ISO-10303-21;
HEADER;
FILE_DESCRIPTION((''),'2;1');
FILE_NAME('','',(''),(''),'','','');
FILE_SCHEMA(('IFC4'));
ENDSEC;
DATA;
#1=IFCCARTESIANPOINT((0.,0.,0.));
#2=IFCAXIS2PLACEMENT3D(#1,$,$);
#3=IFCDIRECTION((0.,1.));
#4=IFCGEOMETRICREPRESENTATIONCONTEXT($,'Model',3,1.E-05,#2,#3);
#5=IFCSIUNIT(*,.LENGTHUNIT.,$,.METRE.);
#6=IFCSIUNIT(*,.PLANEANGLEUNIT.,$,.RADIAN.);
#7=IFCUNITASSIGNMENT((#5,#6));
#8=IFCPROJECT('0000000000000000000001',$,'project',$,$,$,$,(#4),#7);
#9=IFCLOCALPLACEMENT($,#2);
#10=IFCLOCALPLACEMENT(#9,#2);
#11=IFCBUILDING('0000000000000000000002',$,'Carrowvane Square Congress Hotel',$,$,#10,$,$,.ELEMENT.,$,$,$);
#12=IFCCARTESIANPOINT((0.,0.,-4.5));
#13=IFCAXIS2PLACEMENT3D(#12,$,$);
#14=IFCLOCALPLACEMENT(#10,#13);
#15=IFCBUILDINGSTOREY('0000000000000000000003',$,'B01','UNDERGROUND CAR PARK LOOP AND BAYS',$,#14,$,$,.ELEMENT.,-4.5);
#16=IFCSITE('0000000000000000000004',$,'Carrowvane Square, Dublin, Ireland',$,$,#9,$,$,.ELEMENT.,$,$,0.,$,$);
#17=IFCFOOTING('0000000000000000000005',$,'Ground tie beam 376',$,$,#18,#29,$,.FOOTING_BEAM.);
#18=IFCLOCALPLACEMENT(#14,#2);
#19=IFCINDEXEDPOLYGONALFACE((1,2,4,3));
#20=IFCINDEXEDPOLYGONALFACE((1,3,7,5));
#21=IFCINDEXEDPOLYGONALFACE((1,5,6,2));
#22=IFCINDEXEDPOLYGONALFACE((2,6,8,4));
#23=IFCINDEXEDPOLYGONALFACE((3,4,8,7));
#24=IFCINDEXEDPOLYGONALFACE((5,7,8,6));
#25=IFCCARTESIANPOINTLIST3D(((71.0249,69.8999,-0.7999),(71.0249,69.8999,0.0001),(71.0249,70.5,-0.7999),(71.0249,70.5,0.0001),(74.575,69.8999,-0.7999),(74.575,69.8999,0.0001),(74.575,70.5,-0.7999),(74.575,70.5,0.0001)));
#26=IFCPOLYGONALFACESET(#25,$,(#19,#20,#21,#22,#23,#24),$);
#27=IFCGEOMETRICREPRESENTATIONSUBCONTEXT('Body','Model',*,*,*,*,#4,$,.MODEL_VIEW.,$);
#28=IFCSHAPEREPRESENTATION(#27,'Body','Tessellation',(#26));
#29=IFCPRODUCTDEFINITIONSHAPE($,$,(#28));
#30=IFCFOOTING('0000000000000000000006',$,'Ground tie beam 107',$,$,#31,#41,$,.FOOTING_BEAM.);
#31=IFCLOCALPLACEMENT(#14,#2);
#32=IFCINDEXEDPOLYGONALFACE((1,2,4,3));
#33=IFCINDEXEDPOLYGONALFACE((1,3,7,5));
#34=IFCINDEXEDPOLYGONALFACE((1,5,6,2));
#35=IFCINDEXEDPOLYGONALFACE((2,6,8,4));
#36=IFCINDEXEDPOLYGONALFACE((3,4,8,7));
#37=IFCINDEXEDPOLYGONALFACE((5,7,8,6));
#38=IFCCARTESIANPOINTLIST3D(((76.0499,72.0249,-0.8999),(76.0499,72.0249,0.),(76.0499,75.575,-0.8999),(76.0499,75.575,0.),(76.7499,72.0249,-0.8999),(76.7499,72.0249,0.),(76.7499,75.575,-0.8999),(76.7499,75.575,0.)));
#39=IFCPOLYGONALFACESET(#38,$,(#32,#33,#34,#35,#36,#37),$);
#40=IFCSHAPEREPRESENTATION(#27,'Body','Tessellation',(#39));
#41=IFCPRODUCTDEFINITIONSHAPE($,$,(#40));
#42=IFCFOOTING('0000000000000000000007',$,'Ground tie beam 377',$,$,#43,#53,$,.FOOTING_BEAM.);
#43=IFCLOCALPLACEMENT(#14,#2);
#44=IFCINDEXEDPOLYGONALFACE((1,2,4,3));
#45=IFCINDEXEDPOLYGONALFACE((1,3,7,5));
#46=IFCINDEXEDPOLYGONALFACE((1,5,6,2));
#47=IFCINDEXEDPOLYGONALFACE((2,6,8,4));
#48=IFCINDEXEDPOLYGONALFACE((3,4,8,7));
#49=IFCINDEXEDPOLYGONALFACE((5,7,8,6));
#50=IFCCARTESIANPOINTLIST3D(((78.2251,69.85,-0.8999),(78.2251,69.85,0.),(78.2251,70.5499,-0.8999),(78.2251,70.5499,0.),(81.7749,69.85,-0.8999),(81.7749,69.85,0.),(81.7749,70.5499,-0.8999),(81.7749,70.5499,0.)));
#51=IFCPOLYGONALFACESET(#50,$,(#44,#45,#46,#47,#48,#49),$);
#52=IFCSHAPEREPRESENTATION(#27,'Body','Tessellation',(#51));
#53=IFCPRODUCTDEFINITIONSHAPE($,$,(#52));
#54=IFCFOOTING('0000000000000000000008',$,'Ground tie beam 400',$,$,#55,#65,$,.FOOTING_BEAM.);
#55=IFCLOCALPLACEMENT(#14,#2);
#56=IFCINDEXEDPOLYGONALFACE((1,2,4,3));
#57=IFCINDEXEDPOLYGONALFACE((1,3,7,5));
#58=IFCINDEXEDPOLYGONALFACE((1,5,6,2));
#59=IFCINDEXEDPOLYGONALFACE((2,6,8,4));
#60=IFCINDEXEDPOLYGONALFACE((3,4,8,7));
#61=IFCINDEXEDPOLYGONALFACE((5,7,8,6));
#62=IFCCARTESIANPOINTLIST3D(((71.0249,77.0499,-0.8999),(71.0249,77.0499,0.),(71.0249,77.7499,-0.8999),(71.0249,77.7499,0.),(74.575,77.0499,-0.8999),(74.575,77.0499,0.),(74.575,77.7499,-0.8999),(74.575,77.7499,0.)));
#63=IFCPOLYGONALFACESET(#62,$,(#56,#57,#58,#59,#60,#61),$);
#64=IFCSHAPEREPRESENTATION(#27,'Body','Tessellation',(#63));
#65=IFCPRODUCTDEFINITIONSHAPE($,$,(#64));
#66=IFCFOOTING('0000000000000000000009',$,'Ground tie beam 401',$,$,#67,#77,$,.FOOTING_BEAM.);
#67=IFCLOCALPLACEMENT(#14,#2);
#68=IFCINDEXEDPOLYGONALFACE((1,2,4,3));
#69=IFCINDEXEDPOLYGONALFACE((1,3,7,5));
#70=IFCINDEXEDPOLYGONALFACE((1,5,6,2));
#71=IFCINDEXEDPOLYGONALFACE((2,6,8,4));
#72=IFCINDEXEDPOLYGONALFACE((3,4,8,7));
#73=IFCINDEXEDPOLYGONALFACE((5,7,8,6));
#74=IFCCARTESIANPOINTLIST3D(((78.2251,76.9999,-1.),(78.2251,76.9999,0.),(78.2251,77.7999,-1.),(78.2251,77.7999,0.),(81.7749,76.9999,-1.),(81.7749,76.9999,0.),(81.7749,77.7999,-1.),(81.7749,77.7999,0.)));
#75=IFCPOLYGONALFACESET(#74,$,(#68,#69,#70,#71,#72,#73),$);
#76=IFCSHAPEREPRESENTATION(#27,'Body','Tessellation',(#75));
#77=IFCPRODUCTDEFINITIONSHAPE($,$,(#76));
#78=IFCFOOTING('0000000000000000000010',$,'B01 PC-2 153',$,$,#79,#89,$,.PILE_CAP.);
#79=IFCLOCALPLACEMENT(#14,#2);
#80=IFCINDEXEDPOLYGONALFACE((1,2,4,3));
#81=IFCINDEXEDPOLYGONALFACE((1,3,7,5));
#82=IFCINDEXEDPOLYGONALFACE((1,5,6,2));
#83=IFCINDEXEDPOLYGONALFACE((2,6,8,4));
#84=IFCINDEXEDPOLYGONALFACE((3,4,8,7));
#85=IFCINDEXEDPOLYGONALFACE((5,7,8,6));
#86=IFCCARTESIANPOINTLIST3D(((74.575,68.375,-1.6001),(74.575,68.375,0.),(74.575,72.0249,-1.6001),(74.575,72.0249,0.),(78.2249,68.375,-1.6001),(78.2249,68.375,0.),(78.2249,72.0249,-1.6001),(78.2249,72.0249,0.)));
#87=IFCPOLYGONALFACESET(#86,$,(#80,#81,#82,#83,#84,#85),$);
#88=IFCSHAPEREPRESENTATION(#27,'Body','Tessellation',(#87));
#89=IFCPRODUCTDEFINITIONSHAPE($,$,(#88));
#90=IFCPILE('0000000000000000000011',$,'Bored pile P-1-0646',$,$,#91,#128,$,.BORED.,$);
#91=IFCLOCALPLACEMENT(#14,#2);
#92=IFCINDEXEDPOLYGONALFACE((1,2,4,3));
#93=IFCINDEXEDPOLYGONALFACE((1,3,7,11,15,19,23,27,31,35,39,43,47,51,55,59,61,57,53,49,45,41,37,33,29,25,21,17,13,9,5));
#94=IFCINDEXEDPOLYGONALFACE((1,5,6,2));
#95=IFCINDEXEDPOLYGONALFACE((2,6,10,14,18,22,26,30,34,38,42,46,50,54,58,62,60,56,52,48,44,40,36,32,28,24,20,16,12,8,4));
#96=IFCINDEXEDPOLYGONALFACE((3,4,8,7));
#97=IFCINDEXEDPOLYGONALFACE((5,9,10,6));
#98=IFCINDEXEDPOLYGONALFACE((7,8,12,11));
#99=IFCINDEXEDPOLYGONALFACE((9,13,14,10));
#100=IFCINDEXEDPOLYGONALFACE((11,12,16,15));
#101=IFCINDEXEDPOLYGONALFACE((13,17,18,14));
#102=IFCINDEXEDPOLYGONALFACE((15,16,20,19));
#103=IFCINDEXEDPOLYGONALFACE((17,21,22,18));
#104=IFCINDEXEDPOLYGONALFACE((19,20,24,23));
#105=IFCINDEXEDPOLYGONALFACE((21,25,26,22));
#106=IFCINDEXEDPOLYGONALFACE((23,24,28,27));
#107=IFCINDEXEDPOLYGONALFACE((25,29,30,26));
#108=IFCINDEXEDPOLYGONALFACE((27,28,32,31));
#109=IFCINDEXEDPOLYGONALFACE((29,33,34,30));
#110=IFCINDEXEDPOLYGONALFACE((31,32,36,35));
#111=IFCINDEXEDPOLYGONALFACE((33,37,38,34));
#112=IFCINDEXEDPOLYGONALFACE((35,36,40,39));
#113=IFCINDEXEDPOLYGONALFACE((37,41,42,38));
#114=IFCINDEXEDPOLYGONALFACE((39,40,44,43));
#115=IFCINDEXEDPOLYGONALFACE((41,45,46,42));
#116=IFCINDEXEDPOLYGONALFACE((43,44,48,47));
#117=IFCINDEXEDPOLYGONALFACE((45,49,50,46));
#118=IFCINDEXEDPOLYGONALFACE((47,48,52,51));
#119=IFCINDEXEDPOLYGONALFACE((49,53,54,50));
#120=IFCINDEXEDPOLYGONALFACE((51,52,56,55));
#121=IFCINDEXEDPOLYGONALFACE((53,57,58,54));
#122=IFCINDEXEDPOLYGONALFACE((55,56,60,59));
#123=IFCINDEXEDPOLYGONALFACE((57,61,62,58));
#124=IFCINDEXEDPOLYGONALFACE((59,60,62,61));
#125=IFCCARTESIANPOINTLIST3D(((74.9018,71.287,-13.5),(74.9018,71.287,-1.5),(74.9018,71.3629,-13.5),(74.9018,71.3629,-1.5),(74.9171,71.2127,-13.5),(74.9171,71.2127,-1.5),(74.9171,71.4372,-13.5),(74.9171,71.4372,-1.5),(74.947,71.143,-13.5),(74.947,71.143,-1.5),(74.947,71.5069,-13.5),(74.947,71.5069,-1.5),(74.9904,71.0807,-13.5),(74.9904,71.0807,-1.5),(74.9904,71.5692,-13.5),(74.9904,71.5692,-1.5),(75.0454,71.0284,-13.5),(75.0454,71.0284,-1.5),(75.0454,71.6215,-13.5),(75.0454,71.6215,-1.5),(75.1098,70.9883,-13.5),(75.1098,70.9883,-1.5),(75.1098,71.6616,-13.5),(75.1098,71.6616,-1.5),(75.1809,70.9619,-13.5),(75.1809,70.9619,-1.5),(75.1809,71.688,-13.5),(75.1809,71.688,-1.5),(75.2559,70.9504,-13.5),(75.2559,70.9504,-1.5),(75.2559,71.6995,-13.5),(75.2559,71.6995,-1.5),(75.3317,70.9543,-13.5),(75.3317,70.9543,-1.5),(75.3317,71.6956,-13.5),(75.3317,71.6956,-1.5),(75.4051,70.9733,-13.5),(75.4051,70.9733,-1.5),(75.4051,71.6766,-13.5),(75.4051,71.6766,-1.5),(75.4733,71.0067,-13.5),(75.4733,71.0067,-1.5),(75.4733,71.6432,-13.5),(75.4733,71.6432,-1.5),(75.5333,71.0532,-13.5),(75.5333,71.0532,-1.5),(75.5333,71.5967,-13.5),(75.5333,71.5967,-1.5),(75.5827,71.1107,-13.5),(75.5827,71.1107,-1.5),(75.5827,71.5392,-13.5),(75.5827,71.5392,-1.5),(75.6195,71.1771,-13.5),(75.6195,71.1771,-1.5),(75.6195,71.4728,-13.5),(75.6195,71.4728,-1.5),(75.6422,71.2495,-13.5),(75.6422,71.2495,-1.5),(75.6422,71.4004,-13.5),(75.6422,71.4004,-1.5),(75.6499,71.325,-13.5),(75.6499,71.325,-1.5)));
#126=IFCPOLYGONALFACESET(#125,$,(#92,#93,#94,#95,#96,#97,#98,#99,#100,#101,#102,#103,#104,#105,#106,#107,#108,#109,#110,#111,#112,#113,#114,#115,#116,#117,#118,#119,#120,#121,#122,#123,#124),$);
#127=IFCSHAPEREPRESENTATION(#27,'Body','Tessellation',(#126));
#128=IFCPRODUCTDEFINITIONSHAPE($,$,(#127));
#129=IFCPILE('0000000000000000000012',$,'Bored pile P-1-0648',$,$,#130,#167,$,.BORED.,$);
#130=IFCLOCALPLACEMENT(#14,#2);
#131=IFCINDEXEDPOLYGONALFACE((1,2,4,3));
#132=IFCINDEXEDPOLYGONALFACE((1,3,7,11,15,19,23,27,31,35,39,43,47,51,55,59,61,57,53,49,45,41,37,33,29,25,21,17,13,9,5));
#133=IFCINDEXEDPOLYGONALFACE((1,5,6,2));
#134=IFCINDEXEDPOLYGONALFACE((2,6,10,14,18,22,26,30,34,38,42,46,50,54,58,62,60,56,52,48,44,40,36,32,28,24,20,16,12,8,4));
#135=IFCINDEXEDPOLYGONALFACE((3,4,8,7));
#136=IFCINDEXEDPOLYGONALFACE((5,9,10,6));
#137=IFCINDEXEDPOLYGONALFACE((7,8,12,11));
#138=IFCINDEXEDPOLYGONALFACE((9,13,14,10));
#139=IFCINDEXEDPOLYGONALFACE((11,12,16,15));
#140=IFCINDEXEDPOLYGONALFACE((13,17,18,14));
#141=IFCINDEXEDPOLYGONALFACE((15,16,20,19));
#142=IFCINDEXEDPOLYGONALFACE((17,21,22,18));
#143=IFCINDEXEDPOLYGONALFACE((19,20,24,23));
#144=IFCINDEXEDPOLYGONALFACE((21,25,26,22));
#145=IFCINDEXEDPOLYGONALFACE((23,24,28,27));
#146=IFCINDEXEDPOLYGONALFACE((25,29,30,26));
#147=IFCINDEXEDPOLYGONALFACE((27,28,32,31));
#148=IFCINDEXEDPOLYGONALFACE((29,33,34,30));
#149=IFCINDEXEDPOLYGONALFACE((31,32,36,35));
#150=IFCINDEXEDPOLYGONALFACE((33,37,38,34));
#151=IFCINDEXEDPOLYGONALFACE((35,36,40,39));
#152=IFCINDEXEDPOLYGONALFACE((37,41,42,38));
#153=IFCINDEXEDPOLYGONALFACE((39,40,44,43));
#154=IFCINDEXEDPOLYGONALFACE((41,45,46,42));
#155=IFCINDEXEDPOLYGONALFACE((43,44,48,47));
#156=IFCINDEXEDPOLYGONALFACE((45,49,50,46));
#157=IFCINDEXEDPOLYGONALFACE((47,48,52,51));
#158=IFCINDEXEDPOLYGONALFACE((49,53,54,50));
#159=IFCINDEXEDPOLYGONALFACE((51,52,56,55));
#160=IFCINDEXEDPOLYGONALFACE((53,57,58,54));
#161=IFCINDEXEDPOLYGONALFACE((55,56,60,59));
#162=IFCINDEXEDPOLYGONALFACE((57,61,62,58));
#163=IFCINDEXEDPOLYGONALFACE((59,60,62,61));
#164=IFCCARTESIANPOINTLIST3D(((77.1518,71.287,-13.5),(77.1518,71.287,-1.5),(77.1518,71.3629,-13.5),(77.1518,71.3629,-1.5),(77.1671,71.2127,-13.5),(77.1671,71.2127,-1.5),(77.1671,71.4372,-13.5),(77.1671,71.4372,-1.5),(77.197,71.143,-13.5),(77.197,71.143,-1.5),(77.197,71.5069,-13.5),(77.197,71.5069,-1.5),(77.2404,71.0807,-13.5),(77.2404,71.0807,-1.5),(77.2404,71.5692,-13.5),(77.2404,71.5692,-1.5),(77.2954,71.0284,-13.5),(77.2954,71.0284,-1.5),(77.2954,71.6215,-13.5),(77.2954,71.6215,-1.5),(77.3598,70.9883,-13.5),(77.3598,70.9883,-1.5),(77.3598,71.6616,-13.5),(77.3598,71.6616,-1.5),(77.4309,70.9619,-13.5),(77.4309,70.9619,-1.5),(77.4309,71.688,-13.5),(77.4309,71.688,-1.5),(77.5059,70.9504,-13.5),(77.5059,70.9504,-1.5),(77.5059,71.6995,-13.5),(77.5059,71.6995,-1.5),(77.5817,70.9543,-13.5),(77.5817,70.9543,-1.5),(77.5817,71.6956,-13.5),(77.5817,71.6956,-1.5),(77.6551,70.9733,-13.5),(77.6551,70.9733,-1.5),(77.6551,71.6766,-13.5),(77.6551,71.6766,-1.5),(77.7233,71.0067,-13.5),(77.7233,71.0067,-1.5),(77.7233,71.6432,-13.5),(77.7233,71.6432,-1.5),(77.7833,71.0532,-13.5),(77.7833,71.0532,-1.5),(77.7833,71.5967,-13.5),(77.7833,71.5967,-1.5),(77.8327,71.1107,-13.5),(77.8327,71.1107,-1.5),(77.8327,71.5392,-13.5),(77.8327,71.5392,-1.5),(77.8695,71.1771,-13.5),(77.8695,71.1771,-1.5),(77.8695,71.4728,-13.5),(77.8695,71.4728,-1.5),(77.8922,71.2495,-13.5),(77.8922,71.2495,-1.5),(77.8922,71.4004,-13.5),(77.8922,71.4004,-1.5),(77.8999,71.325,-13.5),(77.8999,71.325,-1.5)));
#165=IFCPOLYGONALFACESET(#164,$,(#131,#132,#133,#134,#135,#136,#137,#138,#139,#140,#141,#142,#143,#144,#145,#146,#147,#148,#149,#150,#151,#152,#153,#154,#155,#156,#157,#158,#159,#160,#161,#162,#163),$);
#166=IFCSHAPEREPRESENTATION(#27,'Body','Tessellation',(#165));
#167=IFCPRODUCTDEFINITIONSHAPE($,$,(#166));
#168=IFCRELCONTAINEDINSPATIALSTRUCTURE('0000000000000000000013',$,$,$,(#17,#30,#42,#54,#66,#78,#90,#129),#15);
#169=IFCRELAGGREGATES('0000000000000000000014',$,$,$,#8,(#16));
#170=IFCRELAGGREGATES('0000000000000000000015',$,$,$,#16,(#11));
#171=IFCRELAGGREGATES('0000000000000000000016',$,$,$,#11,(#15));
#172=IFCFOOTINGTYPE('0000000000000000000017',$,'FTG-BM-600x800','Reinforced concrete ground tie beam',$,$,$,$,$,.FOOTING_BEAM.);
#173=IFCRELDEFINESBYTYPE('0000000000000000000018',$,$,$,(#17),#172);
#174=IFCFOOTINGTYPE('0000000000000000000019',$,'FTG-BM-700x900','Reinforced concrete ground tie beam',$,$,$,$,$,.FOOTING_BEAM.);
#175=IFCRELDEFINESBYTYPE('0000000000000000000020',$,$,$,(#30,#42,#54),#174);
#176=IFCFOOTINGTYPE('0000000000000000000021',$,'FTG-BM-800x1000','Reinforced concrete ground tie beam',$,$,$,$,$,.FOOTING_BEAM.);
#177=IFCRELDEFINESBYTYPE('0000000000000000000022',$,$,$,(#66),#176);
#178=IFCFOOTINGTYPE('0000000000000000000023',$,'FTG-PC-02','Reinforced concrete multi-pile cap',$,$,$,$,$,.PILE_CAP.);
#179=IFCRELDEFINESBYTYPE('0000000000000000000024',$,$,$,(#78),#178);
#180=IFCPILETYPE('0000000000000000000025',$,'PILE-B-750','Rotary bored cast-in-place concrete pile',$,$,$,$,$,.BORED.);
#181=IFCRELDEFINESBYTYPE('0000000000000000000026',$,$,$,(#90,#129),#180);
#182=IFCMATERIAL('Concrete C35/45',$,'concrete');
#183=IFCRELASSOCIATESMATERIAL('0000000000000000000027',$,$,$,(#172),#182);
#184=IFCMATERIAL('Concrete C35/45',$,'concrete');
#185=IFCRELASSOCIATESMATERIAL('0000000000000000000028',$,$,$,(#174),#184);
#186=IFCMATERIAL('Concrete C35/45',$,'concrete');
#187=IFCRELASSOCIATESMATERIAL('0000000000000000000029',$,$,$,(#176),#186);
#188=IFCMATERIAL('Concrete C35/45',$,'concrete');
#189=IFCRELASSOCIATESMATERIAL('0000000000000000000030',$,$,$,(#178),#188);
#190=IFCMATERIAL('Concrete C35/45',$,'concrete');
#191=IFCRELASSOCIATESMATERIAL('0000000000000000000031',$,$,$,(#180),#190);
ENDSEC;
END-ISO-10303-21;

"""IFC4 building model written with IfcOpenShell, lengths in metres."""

from ifc_helpers import new_model, si_unit, direction, frame, origin, origin_2d, place, context, subcontext, project, spatial, rectangle, circle, extrude, material, material_profile, profile_set, type_object, element, save


model = new_model("IFC4")

# Units and contexts
model_context = context("Model", 3, precision=1e-05, world=origin(), true_north=direction((0.0, 1.0)))
body_context = subcontext(model_context, "Body", "Model", "MODEL_VIEW")
ifc_project = project(units=[si_unit("LENGTHUNIT", "METRE"), si_unit("PLANEANGLEUNIT", "RADIAN")], contexts=[model_context])

# Site, building, storey
site_placement = place(None, origin())
site = spatial("IfcSite", under=ifc_project, at=site_placement, Name="Carrowvane Square, Dublin, Ireland", CompositionType="ELEMENT", RefElevation=0.0)
building_placement = place(site_placement, origin())
building = spatial("IfcBuilding", under=site, at=building_placement, Name="Carrowvane Square Congress Hotel", CompositionType="ELEMENT")
storey_placement = place(building_placement, frame((0.0, 0.0, -4.5)))
storey = spatial("IfcBuildingStorey", under=building, at=storey_placement, Name="B01", Description="UNDERGROUND CAR PARK LOOP AND BAYS", CompositionType="ELEMENT", Elevation=-4.5)

# Footings
ifc_material_1 = material(Name="Concrete C35/45", Category="concrete")
ifc_material_profile_1 = material_profile(ifc_material_1, rectangle(XDim=0.6001, YDim=0.8, at=origin_2d()), Name="RC 600x800")
ifc_profile_set_1 = profile_set([ifc_material_profile_1], Name="Concrete C35/45")
footing_type_1 = type_object("IfcFootingType", Name="FTG-BM-600x800", Description="Reinforced concrete ground tie beam", PredefinedType="FOOTING_BEAM", material=ifc_profile_set_1)
footing_1_placement = place(storey_placement, frame((71.0249, 70.2, -0.3999), z_axis=(1.0, 0.0, 0.0), x_axis=(0.0, 1.0, 0.0)))
element("IfcFooting", 1, at=footing_1_placement, inside=storey, type_object=footing_type_1, Name="Ground tie beam 376", PredefinedType="FOOTING_BEAM", context=body_context, shape_type="SweptSolid", body=[
    extrude(rectangle(XDim=0.6001, YDim=0.8, at=origin_2d()), origin(), (0.0, 0.0, 1.0), 3.55),
])
ifc_material_2 = material(Name="Concrete C35/45", Category="concrete")
ifc_material_profile_2 = material_profile(ifc_material_2, rectangle(XDim=0.7, YDim=0.8999, at=origin_2d()), Name="RC 700x900")
ifc_profile_set_2 = profile_set([ifc_material_profile_2], Name="Concrete C35/45")
footing_type_2 = type_object("IfcFootingType", Name="FTG-BM-700x900", Description="Reinforced concrete ground tie beam", PredefinedType="FOOTING_BEAM", material=ifc_profile_set_2)
footing_2_placement = place(storey_placement, frame((76.3999, 72.0249, -0.45), z_axis=(0.0, 1.0, 0.0), x_axis=(-1.0, 0.0, 0.0)))
element("IfcFooting", 2, at=footing_2_placement, inside=storey, type_object=footing_type_2, Name="Ground tie beam 107", PredefinedType="FOOTING_BEAM", context=body_context, shape_type="SweptSolid", body=[
    extrude(rectangle(XDim=0.7, YDim=0.8999, at=origin_2d()), origin(), (0.0, 0.0, 1.0), 3.55),
])
footing_3_placement = place(storey_placement, frame((78.2251, 70.2, -0.45), z_axis=(1.0, 0.0, 0.0), x_axis=(0.0, 1.0, 0.0)))
element("IfcFooting", 3, at=footing_3_placement, inside=storey, type_object=footing_type_2, Name="Ground tie beam 377", PredefinedType="FOOTING_BEAM", context=body_context, shape_type="SweptSolid", body=[
    extrude(rectangle(XDim=0.7, YDim=0.8999, at=origin_2d()), origin(), (0.0, 0.0, 1.0), 3.5498),
])
footing_4_placement = place(storey_placement, frame((71.0249, 77.3999, -0.45), z_axis=(1.0, 0.0, 0.0), x_axis=(0.0, 1.0, 0.0)))
element("IfcFooting", 4, at=footing_4_placement, inside=storey, type_object=footing_type_2, Name="Ground tie beam 400", PredefinedType="FOOTING_BEAM", context=body_context, shape_type="SweptSolid", body=[
    extrude(rectangle(XDim=0.7, YDim=0.8999, at=origin_2d()), origin(), (0.0, 0.0, 1.0), 3.55),
])
ifc_material_3 = material(Name="Concrete C35/45", Category="concrete")
ifc_material_profile_3 = material_profile(ifc_material_3, rectangle(XDim=0.8, YDim=1.0, at=origin_2d()), Name="RC 800x1000")
ifc_profile_set_3 = profile_set([ifc_material_profile_3], Name="Concrete C35/45")
footing_type_3 = type_object("IfcFootingType", Name="FTG-BM-800x1000", Description="Reinforced concrete ground tie beam", PredefinedType="FOOTING_BEAM", material=ifc_profile_set_3)
footing_5_placement = place(storey_placement, frame((78.2251, 77.3999, -0.5), z_axis=(1.0, 0.0, 0.0), x_axis=(0.0, 1.0, 0.0)))
element("IfcFooting", 5, at=footing_5_placement, inside=storey, type_object=footing_type_3, Name="Ground tie beam 401", PredefinedType="FOOTING_BEAM", context=body_context, shape_type="SweptSolid", body=[
    extrude(rectangle(XDim=0.8, YDim=1.0, at=origin_2d()), origin(), (0.0, 0.0, 1.0), 3.5498),
])
ifc_material_4 = material(Name="Concrete C35/45", Category="concrete")
footing_type_4 = type_object("IfcFootingType", Name="FTG-PC-02", Description="Reinforced concrete multi-pile cap", PredefinedType="PILE_CAP", material=ifc_material_4)
footing_6_placement = place(storey_placement, frame((76.3999, 70.2, -1.6001), z_axis=(0.0, 0.0, 1.0), x_axis=(1.0, 0.0, 0.0)))
element("IfcFooting", 6, at=footing_6_placement, inside=storey, type_object=footing_type_4, Name="B01 PC-2 153", PredefinedType="PILE_CAP", context=body_context, shape_type="SweptSolid", body=[
    extrude(rectangle(XDim=3.6499, YDim=3.6499, at=origin_2d()), origin(), (0.0, 0.0, 1.0), 1.6001),
])

# Piles
ifc_material_5 = material(Name="Concrete C35/45", Category="concrete")
ifc_material_profile_4 = material_profile(ifc_material_5, circle(Radius=0.375, at=origin_2d()), Name="PILE D750")
ifc_profile_set_4 = profile_set([ifc_material_profile_4], Name="Concrete C35/45")
pile_type = type_object("IfcPileType", Name="PILE-B-750", Description="Rotary bored cast-in-place concrete pile", PredefinedType="BORED", material=ifc_profile_set_4)
for number, where, z_axis, x_axis, name in (
    (7, (75.2749, 71.325, -1.5), (0.0, 0.0, -1.0), (1.0, 0.0, 0.0), "Bored pile P-1-0646"),
    (8, (77.5249, 71.325, -1.5), (0.0, 0.0, -1.0), (1.0, 0.0, 0.0), "Bored pile P-1-0648"),
):
    element("IfcPile", number, at=place(storey_placement, frame(where, z_axis=z_axis, x_axis=x_axis)), inside=storey, type_object=pile_type, Name=name, PredefinedType="BORED", context=body_context, shape_type="SweptSolid", body=[
        extrude(circle(Radius=0.375, at=origin_2d()), origin(), (0.0, 0.0, 1.0), 12.0),
    ])

save(model, "model.ifc")
